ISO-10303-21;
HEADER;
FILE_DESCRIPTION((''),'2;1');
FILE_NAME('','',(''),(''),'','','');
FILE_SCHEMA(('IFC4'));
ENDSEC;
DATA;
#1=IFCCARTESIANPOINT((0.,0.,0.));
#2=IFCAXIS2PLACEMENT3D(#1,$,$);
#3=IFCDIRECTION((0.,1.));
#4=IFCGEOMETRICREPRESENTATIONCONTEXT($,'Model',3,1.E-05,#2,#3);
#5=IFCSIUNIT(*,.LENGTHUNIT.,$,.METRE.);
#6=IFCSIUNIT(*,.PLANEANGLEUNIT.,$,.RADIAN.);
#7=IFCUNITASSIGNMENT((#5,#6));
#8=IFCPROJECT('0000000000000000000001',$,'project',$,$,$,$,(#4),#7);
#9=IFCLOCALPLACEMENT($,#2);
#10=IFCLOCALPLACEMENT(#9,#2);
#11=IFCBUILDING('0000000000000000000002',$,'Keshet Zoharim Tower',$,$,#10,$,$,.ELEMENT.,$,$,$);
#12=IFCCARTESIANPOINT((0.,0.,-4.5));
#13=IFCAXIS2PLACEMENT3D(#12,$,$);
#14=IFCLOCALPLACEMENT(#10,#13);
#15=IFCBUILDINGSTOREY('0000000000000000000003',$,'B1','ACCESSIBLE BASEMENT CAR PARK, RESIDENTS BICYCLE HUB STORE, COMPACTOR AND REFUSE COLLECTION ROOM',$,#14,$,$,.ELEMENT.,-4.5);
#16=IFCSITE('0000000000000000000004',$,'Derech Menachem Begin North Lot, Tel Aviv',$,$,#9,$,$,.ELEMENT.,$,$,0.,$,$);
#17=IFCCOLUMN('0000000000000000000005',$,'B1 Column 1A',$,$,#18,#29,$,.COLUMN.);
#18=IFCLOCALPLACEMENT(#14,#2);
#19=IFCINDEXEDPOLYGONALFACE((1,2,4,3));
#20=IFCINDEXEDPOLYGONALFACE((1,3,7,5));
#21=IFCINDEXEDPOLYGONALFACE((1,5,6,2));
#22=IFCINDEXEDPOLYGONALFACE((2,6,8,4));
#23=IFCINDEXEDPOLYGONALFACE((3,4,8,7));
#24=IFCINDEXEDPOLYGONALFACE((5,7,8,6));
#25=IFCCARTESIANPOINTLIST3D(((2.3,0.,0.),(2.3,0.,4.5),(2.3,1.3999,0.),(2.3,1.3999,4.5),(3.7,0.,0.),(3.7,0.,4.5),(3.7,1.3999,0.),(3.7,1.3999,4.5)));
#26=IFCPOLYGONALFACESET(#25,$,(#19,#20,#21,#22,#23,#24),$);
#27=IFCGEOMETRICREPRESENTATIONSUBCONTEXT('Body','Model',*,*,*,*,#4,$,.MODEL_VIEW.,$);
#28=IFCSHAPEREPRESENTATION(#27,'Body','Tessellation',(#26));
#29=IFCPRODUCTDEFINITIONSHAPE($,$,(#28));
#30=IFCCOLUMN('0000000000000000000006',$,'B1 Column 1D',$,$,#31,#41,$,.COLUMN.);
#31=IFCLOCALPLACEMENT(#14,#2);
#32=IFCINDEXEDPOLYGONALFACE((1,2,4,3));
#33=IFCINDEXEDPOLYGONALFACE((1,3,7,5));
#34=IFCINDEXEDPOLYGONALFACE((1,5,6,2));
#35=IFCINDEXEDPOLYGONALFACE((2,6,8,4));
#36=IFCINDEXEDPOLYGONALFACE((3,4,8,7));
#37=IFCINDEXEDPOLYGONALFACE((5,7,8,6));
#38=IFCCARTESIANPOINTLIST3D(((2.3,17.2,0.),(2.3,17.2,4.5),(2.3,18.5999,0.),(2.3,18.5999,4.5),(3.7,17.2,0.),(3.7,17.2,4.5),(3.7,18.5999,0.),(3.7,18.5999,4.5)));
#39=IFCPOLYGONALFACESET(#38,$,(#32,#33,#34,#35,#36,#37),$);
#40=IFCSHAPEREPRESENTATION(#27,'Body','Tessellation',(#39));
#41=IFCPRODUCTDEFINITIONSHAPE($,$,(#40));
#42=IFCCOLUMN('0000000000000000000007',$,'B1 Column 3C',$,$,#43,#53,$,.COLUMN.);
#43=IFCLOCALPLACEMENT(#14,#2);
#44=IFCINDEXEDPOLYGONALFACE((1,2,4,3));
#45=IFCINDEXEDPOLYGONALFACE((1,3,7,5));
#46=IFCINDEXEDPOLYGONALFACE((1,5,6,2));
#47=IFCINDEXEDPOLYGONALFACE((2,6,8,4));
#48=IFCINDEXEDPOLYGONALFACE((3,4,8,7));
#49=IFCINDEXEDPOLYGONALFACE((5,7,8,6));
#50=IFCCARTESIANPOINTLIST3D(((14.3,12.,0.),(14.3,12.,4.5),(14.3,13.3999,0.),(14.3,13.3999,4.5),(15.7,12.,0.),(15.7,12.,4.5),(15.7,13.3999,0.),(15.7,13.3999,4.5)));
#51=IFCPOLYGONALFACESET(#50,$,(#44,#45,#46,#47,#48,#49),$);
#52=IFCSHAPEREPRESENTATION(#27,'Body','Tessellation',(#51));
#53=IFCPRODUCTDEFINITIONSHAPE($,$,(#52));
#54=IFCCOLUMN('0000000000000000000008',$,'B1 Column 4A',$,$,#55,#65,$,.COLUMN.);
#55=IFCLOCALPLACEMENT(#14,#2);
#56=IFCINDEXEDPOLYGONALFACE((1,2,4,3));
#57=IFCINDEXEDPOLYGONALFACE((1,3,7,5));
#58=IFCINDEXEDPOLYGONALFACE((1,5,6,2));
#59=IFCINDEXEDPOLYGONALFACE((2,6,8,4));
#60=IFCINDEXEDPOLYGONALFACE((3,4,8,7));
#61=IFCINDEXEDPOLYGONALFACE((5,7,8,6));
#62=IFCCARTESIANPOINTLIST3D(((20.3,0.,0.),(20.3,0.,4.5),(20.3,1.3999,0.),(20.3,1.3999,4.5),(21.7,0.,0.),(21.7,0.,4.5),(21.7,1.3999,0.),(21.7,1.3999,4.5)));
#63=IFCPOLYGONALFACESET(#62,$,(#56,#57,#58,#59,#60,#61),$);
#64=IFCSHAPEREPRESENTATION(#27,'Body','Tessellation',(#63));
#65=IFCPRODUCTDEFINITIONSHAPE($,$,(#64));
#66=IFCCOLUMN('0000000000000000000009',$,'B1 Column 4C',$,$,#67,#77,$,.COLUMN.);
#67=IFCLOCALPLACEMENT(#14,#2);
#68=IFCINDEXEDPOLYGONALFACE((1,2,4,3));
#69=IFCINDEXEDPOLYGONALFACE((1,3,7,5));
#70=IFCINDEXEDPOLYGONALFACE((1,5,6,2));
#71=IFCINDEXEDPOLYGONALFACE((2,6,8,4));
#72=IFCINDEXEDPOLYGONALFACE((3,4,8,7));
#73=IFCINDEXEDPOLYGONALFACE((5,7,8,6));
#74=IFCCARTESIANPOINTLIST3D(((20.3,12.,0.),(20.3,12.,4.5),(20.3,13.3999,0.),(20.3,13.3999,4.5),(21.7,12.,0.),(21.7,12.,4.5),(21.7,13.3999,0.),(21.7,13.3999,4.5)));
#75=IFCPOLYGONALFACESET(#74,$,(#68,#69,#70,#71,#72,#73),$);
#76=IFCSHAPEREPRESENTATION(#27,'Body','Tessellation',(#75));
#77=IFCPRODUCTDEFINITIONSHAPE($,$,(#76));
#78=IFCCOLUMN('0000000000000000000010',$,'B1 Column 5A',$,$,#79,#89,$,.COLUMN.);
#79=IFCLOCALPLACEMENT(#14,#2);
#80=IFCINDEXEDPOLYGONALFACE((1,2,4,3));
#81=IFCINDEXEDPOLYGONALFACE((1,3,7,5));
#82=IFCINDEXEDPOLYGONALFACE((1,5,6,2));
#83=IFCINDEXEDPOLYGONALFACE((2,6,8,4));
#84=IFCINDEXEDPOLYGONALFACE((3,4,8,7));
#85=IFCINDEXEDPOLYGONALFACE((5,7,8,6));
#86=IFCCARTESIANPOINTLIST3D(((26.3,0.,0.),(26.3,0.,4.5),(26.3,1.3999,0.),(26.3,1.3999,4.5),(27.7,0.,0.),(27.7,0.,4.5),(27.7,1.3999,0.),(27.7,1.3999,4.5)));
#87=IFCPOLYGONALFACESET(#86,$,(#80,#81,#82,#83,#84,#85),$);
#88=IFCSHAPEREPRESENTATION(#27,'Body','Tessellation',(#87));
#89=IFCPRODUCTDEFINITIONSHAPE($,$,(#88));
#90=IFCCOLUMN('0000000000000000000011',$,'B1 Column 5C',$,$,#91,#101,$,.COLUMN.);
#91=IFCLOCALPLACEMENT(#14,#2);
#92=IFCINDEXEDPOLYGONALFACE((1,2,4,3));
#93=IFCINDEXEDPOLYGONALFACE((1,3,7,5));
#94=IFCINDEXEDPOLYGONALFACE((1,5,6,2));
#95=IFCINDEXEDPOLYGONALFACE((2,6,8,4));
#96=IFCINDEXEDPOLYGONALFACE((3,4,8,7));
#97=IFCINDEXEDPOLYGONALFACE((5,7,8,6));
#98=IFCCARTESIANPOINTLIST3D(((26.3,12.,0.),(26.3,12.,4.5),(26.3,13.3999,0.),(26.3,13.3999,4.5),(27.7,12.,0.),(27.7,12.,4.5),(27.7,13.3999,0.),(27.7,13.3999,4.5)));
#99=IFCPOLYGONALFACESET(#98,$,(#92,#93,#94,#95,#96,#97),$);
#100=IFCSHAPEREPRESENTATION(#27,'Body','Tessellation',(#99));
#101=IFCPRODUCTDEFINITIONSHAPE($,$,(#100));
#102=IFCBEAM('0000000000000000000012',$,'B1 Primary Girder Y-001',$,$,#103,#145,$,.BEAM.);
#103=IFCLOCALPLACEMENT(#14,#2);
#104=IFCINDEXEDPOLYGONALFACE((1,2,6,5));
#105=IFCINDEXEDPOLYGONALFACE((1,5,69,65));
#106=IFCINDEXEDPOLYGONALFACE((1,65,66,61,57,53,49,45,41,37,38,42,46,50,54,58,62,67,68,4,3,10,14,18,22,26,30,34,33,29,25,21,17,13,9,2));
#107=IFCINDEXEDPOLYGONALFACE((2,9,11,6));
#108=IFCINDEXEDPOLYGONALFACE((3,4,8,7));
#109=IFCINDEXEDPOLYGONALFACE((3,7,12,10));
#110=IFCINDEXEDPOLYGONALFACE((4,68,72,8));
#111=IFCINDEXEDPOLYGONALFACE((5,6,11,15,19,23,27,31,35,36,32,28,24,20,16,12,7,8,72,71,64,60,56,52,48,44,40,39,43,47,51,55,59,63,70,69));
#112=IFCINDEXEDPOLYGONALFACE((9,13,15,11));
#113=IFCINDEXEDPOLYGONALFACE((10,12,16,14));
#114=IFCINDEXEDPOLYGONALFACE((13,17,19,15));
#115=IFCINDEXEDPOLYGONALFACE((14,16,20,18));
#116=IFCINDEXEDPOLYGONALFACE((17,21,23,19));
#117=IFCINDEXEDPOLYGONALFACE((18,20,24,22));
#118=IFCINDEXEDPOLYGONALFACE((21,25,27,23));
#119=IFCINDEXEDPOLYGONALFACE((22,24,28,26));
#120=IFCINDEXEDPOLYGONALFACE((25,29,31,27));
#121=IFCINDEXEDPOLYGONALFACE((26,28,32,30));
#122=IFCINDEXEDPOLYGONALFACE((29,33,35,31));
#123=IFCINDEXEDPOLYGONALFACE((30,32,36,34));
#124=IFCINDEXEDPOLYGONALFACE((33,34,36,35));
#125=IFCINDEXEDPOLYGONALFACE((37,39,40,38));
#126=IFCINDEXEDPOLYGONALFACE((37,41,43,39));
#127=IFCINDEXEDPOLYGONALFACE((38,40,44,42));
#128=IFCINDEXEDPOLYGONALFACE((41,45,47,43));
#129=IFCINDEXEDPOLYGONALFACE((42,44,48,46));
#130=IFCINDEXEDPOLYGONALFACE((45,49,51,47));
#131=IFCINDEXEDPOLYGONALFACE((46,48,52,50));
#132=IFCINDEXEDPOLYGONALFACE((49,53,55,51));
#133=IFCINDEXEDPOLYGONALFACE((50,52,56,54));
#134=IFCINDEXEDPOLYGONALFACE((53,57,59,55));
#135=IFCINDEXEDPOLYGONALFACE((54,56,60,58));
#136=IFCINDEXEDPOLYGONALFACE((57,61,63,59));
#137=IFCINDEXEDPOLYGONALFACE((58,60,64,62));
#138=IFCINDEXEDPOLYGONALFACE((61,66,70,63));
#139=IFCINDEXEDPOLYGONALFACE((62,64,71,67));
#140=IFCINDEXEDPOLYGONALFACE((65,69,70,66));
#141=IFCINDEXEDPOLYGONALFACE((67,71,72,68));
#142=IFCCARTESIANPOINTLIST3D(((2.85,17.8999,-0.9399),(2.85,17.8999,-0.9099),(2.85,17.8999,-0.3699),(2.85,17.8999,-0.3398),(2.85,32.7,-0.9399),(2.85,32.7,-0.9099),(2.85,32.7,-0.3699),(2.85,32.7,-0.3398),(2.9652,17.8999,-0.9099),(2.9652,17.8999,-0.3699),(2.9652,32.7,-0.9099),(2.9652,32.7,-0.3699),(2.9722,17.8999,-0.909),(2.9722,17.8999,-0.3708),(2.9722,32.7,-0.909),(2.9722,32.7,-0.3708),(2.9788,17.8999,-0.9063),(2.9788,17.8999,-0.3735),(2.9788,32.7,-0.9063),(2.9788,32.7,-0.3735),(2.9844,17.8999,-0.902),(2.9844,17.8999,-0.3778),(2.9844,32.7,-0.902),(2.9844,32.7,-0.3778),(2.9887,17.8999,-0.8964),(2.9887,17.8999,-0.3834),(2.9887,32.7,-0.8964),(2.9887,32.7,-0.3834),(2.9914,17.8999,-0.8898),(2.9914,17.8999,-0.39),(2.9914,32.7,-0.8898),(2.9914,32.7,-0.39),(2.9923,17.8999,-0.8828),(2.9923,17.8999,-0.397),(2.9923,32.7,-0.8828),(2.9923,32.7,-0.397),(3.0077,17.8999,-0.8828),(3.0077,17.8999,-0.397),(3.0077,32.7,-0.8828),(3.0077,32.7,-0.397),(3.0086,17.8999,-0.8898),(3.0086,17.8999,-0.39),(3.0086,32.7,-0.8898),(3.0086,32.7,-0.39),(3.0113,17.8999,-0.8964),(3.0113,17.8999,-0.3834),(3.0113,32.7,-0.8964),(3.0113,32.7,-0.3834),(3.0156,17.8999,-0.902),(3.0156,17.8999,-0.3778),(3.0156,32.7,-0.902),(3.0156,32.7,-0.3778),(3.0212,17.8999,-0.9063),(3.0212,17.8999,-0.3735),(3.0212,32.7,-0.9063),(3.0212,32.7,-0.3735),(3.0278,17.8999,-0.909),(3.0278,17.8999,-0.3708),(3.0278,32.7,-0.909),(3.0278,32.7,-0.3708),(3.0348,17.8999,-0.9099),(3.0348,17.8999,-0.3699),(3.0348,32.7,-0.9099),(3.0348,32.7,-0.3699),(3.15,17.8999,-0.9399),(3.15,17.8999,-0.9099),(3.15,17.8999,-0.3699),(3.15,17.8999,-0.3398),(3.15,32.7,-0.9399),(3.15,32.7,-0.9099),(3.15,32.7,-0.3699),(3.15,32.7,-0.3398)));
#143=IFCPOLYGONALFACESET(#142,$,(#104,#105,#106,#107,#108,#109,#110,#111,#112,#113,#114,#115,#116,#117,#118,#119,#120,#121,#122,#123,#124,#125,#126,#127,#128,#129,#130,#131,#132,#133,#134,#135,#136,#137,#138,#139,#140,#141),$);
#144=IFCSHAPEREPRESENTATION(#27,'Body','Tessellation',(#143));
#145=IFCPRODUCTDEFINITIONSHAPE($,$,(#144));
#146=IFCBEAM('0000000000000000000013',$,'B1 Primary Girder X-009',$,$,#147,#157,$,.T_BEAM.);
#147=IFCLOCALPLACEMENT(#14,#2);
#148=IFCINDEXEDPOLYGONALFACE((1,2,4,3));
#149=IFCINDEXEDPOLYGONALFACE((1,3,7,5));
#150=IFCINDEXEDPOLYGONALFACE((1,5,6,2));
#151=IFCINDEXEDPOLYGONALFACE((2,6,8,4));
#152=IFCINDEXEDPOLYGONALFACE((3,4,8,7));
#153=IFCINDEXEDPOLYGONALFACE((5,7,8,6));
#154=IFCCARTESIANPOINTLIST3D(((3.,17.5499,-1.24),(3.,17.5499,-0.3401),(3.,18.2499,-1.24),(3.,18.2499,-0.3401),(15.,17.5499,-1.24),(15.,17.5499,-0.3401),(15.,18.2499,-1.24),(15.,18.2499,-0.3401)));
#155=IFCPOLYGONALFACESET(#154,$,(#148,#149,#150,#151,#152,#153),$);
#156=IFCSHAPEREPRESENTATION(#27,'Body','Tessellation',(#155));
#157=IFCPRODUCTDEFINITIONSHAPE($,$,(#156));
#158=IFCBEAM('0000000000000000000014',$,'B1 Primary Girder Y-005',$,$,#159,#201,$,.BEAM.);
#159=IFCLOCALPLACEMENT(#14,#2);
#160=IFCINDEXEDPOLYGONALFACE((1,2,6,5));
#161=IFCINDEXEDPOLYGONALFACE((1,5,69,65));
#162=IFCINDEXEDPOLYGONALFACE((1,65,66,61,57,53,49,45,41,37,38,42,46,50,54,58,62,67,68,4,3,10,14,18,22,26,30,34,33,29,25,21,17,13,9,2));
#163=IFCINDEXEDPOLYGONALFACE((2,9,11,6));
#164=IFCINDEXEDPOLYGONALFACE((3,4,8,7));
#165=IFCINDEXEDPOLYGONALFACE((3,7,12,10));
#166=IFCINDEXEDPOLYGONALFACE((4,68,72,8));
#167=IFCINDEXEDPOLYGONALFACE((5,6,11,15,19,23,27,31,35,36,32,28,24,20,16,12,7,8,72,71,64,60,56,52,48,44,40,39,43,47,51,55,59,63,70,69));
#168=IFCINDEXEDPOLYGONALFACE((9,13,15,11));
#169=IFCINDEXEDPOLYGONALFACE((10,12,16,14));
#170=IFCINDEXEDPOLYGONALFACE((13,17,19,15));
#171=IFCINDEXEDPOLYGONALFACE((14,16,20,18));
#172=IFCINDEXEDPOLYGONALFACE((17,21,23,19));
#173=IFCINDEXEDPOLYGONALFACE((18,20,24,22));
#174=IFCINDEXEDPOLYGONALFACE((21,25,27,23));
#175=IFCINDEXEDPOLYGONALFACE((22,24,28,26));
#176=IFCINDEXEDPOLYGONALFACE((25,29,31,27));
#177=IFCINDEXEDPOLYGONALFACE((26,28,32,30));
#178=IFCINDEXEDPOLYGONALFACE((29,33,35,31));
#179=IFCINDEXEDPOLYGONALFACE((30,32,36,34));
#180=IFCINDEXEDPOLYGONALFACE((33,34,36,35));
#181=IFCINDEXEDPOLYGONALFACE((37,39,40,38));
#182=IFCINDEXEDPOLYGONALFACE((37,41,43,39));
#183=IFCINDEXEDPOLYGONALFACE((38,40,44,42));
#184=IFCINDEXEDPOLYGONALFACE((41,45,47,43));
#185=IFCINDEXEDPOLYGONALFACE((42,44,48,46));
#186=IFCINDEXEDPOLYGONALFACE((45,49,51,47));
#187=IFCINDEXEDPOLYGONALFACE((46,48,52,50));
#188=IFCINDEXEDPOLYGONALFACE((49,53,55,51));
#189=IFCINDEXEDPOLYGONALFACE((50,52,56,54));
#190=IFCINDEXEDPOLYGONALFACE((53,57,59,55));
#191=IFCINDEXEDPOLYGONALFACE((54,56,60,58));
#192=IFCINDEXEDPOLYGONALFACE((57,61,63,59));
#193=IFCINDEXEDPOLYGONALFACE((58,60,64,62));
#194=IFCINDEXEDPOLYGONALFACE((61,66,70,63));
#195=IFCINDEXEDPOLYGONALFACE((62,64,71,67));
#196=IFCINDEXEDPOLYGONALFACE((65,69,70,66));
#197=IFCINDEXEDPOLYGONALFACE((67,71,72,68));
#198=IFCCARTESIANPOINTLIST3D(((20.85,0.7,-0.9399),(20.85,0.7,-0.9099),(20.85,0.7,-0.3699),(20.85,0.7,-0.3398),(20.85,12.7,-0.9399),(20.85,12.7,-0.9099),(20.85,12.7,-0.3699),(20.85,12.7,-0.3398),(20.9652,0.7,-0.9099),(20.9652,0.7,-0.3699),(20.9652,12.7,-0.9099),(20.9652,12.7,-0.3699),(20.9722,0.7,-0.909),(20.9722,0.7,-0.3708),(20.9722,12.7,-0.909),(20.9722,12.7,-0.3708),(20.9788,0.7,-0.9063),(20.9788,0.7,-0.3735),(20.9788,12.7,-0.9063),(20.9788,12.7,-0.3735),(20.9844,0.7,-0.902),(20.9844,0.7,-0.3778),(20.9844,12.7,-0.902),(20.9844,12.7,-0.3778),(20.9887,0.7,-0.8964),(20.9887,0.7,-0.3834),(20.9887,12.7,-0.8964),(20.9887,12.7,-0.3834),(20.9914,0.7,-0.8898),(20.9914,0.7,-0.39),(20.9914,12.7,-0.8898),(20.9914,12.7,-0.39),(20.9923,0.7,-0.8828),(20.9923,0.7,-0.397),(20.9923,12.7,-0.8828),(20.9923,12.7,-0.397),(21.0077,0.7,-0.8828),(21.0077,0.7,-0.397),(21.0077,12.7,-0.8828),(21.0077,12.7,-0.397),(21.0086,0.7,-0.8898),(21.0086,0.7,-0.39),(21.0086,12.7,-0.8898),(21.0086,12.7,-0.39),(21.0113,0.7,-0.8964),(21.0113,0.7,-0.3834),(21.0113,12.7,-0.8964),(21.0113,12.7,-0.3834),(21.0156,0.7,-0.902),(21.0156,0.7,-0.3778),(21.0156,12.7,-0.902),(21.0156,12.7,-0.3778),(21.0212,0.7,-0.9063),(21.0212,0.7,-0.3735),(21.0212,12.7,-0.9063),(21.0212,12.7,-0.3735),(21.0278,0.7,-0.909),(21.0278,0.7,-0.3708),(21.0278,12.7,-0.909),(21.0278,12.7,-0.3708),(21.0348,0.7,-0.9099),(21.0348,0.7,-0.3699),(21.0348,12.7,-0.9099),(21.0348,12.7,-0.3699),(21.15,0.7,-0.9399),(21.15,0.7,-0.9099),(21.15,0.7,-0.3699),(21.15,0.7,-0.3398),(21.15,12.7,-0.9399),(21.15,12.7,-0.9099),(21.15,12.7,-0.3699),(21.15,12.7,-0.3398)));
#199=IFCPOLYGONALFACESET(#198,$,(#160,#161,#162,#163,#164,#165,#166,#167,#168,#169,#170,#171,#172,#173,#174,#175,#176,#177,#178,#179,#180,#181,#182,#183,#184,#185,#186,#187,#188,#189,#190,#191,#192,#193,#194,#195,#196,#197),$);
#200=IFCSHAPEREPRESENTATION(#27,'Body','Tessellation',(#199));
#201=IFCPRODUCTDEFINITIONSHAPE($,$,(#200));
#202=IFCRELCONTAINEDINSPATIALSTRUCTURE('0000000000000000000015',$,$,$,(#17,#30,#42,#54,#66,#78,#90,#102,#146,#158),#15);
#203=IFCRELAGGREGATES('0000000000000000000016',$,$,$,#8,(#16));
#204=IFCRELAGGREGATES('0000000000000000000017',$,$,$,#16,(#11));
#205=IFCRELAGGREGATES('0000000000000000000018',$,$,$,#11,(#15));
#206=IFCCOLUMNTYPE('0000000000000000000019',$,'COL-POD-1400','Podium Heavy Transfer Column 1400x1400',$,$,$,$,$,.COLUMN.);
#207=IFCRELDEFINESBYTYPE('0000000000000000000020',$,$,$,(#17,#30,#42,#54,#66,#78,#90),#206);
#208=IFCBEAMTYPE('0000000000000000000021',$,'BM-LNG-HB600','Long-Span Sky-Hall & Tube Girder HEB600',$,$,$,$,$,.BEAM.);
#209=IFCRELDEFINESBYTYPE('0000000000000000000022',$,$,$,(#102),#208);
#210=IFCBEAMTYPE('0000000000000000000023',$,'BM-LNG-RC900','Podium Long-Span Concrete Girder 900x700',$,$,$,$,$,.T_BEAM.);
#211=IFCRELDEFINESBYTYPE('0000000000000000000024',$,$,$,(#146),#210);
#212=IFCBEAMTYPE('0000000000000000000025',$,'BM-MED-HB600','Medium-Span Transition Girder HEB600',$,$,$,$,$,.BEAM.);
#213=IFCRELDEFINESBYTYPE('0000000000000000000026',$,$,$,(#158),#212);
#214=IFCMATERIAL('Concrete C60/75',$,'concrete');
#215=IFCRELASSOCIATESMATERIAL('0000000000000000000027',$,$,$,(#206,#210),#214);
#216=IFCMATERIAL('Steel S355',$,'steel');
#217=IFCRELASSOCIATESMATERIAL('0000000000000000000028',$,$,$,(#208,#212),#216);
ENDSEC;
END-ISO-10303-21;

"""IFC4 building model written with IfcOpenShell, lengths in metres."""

from ifc_helpers import new_model, si_unit, direction, frame, origin, origin_2d, place, context, subcontext, project, spatial, rectangle, i_section, extrude, material, material_profile, profile_set, type_object, element, save


model = new_model("IFC4")

# Units and contexts
model_context = context("Model", 3, precision=1e-05, world=origin(), true_north=direction((0.0, 1.0)))
body_context = subcontext(model_context, "Body", "Model", "MODEL_VIEW")
ifc_project = project(units=[si_unit("LENGTHUNIT", "METRE"), si_unit("PLANEANGLEUNIT", "RADIAN")], contexts=[model_context])

# Site, building, storey
site_placement = place(None, origin())
site = spatial("IfcSite", under=ifc_project, at=site_placement, Name="Derech Menachem Begin North Lot, Tel Aviv", CompositionType="ELEMENT", RefElevation=0.0)
building_placement = place(site_placement, origin())
building = spatial("IfcBuilding", under=site, at=building_placement, Name="Keshet Zoharim Tower", CompositionType="ELEMENT")
storey_placement = place(building_placement, frame((0.0, 0.0, -4.5)))
storey = spatial("IfcBuildingStorey", under=building, at=storey_placement, Name="B1", Description="ACCESSIBLE BASEMENT CAR PARK, RESIDENTS BICYCLE HUB STORE, COMPACTOR AND REFUSE COLLECTION ROOM", CompositionType="ELEMENT", Elevation=-4.5)

# Columns
ifc_material_1 = material(Name="Concrete C60/75", Category="concrete")
ifc_material_profile_1 = material_profile(ifc_material_1, rectangle(XDim=1.3999, YDim=1.3999, at=origin_2d()), Name="RC1400x1400")
ifc_profile_set_1 = profile_set([ifc_material_profile_1], Name="Concrete C60/75")
column_type = type_object("IfcColumnType", Name="COL-POD-1400", Description="Podium Heavy Transfer Column 1400x1400", PredefinedType="COLUMN", material=ifc_profile_set_1)
for number, where, z_axis, x_axis, name in (
    (1, (3.0, 0.7, 0.0), (0.0, 0.0, 1.0), (1.0, 0.0, 0.0), "B1 Column 1A"),
    (2, (3.0, 17.8999, 0.0), (0.0, 0.0, 1.0), (1.0, 0.0, 0.0), "B1 Column 1D"),
    (3, (15.0, 12.7, 0.0), (0.0, 0.0, 1.0), (1.0, 0.0, 0.0), "B1 Column 3C"),
    (4, (21.0, 0.7, 0.0), (0.0, 0.0, 1.0), (1.0, 0.0, 0.0), "B1 Column 4A"),
    (5, (21.0, 12.7, 0.0), (0.0, 0.0, 1.0), (1.0, 0.0, 0.0), "B1 Column 4C"),
    (6, (27.0, 0.7, 0.0), (0.0, 0.0, 1.0), (1.0, 0.0, 0.0), "B1 Column 5A"),
    (7, (27.0, 12.7, 0.0), (0.0, 0.0, 1.0), (1.0, 0.0, 0.0), "B1 Column 5C"),
):
    element("IfcColumn", number, at=place(storey_placement, frame(where, z_axis=z_axis, x_axis=x_axis)), inside=storey, type_object=column_type, Name=name, PredefinedType="COLUMN", context=body_context, shape_type="SweptSolid", body=[
        extrude(rectangle(XDim=1.3999, YDim=1.3999, at=origin_2d()), origin(), (0.0, 0.0, 1.0), 4.5),
    ])

# Beams
ifc_material_2 = material(Name="Steel S355", Category="steel")
ifc_material_profile_2 = material_profile(ifc_material_2, i_section(OverallWidth=0.3, OverallDepth=0.6001, WebThickness=0.0154, FlangeThickness=0.03, FilletRadius=0.0271, at=origin_2d()), Name="HEB600")
ifc_profile_set_2 = profile_set([ifc_material_profile_2], Name="Steel S355")
beam_type_1 = type_object("IfcBeamType", Name="BM-LNG-HB600", Description="Long-Span Sky-Hall & Tube Girder HEB600", PredefinedType="BEAM", material=ifc_profile_set_2)
beam_1_placement = place(storey_placement, frame((3.0, 17.8999, -0.6399), z_axis=(0.0, 1.0, 0.0), x_axis=(-1.0, 0.0, 0.0)))
element("IfcBeam", 8, at=beam_1_placement, inside=storey, type_object=beam_type_1, Name="B1 Primary Girder Y-001", PredefinedType="BEAM", context=body_context, shape_type="SweptSolid", body=[
    extrude(i_section(OverallWidth=0.3, OverallDepth=0.6001, WebThickness=0.0154, FlangeThickness=0.03, FilletRadius=0.0271, at=origin_2d()), origin(), (0.0, 0.0, 1.0), 14.8),
])
ifc_material_profile_3 = material_profile(ifc_material_1, rectangle(XDim=0.7, YDim=0.8999, at=origin_2d()), Name="RC900x700")
ifc_profile_set_3 = profile_set([ifc_material_profile_3], Name="Concrete C60/75")
beam_type_2 = type_object("IfcBeamType", Name="BM-LNG-RC900", Description="Podium Long-Span Concrete Girder 900x700", PredefinedType="T_BEAM", material=ifc_profile_set_3)
beam_2_placement = place(storey_placement, frame((3.0, 17.8999, -0.79), z_axis=(1.0, 0.0, 0.0), x_axis=(0.0, 1.0, 0.0)))
element("IfcBeam", 9, at=beam_2_placement, inside=storey, type_object=beam_type_2, Name="B1 Primary Girder X-009", PredefinedType="T_BEAM", context=body_context, shape_type="SweptSolid", body=[
    extrude(rectangle(XDim=0.7, YDim=0.8999, at=origin_2d()), origin(), (0.0, 0.0, 1.0), 12.0),
])
ifc_material_profile_4 = material_profile(ifc_material_2, i_section(OverallWidth=0.3, OverallDepth=0.6001, WebThickness=0.0154, FlangeThickness=0.03, FilletRadius=0.0271, at=origin_2d()), Name="HEB600")
ifc_profile_set_4 = profile_set([ifc_material_profile_4], Name="Steel S355")
beam_type_3 = type_object("IfcBeamType", Name="BM-MED-HB600", Description="Medium-Span Transition Girder HEB600", PredefinedType="BEAM", material=ifc_profile_set_4)
for number, where, z_axis, x_axis, name in (
    (10, (21.0, 0.7, -0.6399), (0.0, 1.0, 0.0), (-1.0, 0.0, 0.0), "B1 Primary Girder Y-005"),
):
    element("IfcBeam", number, at=place(storey_placement, frame(where, z_axis=z_axis, x_axis=x_axis)), inside=storey, type_object=beam_type_3, Name=name, PredefinedType="BEAM", context=body_context, shape_type="SweptSolid", body=[
        extrude(i_section(OverallWidth=0.3, OverallDepth=0.6001, WebThickness=0.0154, FlangeThickness=0.03, FilletRadius=0.0271, at=origin_2d()), origin(), (0.0, 0.0, 1.0), 12.0),
    ])

save(model, "model.ifc")
